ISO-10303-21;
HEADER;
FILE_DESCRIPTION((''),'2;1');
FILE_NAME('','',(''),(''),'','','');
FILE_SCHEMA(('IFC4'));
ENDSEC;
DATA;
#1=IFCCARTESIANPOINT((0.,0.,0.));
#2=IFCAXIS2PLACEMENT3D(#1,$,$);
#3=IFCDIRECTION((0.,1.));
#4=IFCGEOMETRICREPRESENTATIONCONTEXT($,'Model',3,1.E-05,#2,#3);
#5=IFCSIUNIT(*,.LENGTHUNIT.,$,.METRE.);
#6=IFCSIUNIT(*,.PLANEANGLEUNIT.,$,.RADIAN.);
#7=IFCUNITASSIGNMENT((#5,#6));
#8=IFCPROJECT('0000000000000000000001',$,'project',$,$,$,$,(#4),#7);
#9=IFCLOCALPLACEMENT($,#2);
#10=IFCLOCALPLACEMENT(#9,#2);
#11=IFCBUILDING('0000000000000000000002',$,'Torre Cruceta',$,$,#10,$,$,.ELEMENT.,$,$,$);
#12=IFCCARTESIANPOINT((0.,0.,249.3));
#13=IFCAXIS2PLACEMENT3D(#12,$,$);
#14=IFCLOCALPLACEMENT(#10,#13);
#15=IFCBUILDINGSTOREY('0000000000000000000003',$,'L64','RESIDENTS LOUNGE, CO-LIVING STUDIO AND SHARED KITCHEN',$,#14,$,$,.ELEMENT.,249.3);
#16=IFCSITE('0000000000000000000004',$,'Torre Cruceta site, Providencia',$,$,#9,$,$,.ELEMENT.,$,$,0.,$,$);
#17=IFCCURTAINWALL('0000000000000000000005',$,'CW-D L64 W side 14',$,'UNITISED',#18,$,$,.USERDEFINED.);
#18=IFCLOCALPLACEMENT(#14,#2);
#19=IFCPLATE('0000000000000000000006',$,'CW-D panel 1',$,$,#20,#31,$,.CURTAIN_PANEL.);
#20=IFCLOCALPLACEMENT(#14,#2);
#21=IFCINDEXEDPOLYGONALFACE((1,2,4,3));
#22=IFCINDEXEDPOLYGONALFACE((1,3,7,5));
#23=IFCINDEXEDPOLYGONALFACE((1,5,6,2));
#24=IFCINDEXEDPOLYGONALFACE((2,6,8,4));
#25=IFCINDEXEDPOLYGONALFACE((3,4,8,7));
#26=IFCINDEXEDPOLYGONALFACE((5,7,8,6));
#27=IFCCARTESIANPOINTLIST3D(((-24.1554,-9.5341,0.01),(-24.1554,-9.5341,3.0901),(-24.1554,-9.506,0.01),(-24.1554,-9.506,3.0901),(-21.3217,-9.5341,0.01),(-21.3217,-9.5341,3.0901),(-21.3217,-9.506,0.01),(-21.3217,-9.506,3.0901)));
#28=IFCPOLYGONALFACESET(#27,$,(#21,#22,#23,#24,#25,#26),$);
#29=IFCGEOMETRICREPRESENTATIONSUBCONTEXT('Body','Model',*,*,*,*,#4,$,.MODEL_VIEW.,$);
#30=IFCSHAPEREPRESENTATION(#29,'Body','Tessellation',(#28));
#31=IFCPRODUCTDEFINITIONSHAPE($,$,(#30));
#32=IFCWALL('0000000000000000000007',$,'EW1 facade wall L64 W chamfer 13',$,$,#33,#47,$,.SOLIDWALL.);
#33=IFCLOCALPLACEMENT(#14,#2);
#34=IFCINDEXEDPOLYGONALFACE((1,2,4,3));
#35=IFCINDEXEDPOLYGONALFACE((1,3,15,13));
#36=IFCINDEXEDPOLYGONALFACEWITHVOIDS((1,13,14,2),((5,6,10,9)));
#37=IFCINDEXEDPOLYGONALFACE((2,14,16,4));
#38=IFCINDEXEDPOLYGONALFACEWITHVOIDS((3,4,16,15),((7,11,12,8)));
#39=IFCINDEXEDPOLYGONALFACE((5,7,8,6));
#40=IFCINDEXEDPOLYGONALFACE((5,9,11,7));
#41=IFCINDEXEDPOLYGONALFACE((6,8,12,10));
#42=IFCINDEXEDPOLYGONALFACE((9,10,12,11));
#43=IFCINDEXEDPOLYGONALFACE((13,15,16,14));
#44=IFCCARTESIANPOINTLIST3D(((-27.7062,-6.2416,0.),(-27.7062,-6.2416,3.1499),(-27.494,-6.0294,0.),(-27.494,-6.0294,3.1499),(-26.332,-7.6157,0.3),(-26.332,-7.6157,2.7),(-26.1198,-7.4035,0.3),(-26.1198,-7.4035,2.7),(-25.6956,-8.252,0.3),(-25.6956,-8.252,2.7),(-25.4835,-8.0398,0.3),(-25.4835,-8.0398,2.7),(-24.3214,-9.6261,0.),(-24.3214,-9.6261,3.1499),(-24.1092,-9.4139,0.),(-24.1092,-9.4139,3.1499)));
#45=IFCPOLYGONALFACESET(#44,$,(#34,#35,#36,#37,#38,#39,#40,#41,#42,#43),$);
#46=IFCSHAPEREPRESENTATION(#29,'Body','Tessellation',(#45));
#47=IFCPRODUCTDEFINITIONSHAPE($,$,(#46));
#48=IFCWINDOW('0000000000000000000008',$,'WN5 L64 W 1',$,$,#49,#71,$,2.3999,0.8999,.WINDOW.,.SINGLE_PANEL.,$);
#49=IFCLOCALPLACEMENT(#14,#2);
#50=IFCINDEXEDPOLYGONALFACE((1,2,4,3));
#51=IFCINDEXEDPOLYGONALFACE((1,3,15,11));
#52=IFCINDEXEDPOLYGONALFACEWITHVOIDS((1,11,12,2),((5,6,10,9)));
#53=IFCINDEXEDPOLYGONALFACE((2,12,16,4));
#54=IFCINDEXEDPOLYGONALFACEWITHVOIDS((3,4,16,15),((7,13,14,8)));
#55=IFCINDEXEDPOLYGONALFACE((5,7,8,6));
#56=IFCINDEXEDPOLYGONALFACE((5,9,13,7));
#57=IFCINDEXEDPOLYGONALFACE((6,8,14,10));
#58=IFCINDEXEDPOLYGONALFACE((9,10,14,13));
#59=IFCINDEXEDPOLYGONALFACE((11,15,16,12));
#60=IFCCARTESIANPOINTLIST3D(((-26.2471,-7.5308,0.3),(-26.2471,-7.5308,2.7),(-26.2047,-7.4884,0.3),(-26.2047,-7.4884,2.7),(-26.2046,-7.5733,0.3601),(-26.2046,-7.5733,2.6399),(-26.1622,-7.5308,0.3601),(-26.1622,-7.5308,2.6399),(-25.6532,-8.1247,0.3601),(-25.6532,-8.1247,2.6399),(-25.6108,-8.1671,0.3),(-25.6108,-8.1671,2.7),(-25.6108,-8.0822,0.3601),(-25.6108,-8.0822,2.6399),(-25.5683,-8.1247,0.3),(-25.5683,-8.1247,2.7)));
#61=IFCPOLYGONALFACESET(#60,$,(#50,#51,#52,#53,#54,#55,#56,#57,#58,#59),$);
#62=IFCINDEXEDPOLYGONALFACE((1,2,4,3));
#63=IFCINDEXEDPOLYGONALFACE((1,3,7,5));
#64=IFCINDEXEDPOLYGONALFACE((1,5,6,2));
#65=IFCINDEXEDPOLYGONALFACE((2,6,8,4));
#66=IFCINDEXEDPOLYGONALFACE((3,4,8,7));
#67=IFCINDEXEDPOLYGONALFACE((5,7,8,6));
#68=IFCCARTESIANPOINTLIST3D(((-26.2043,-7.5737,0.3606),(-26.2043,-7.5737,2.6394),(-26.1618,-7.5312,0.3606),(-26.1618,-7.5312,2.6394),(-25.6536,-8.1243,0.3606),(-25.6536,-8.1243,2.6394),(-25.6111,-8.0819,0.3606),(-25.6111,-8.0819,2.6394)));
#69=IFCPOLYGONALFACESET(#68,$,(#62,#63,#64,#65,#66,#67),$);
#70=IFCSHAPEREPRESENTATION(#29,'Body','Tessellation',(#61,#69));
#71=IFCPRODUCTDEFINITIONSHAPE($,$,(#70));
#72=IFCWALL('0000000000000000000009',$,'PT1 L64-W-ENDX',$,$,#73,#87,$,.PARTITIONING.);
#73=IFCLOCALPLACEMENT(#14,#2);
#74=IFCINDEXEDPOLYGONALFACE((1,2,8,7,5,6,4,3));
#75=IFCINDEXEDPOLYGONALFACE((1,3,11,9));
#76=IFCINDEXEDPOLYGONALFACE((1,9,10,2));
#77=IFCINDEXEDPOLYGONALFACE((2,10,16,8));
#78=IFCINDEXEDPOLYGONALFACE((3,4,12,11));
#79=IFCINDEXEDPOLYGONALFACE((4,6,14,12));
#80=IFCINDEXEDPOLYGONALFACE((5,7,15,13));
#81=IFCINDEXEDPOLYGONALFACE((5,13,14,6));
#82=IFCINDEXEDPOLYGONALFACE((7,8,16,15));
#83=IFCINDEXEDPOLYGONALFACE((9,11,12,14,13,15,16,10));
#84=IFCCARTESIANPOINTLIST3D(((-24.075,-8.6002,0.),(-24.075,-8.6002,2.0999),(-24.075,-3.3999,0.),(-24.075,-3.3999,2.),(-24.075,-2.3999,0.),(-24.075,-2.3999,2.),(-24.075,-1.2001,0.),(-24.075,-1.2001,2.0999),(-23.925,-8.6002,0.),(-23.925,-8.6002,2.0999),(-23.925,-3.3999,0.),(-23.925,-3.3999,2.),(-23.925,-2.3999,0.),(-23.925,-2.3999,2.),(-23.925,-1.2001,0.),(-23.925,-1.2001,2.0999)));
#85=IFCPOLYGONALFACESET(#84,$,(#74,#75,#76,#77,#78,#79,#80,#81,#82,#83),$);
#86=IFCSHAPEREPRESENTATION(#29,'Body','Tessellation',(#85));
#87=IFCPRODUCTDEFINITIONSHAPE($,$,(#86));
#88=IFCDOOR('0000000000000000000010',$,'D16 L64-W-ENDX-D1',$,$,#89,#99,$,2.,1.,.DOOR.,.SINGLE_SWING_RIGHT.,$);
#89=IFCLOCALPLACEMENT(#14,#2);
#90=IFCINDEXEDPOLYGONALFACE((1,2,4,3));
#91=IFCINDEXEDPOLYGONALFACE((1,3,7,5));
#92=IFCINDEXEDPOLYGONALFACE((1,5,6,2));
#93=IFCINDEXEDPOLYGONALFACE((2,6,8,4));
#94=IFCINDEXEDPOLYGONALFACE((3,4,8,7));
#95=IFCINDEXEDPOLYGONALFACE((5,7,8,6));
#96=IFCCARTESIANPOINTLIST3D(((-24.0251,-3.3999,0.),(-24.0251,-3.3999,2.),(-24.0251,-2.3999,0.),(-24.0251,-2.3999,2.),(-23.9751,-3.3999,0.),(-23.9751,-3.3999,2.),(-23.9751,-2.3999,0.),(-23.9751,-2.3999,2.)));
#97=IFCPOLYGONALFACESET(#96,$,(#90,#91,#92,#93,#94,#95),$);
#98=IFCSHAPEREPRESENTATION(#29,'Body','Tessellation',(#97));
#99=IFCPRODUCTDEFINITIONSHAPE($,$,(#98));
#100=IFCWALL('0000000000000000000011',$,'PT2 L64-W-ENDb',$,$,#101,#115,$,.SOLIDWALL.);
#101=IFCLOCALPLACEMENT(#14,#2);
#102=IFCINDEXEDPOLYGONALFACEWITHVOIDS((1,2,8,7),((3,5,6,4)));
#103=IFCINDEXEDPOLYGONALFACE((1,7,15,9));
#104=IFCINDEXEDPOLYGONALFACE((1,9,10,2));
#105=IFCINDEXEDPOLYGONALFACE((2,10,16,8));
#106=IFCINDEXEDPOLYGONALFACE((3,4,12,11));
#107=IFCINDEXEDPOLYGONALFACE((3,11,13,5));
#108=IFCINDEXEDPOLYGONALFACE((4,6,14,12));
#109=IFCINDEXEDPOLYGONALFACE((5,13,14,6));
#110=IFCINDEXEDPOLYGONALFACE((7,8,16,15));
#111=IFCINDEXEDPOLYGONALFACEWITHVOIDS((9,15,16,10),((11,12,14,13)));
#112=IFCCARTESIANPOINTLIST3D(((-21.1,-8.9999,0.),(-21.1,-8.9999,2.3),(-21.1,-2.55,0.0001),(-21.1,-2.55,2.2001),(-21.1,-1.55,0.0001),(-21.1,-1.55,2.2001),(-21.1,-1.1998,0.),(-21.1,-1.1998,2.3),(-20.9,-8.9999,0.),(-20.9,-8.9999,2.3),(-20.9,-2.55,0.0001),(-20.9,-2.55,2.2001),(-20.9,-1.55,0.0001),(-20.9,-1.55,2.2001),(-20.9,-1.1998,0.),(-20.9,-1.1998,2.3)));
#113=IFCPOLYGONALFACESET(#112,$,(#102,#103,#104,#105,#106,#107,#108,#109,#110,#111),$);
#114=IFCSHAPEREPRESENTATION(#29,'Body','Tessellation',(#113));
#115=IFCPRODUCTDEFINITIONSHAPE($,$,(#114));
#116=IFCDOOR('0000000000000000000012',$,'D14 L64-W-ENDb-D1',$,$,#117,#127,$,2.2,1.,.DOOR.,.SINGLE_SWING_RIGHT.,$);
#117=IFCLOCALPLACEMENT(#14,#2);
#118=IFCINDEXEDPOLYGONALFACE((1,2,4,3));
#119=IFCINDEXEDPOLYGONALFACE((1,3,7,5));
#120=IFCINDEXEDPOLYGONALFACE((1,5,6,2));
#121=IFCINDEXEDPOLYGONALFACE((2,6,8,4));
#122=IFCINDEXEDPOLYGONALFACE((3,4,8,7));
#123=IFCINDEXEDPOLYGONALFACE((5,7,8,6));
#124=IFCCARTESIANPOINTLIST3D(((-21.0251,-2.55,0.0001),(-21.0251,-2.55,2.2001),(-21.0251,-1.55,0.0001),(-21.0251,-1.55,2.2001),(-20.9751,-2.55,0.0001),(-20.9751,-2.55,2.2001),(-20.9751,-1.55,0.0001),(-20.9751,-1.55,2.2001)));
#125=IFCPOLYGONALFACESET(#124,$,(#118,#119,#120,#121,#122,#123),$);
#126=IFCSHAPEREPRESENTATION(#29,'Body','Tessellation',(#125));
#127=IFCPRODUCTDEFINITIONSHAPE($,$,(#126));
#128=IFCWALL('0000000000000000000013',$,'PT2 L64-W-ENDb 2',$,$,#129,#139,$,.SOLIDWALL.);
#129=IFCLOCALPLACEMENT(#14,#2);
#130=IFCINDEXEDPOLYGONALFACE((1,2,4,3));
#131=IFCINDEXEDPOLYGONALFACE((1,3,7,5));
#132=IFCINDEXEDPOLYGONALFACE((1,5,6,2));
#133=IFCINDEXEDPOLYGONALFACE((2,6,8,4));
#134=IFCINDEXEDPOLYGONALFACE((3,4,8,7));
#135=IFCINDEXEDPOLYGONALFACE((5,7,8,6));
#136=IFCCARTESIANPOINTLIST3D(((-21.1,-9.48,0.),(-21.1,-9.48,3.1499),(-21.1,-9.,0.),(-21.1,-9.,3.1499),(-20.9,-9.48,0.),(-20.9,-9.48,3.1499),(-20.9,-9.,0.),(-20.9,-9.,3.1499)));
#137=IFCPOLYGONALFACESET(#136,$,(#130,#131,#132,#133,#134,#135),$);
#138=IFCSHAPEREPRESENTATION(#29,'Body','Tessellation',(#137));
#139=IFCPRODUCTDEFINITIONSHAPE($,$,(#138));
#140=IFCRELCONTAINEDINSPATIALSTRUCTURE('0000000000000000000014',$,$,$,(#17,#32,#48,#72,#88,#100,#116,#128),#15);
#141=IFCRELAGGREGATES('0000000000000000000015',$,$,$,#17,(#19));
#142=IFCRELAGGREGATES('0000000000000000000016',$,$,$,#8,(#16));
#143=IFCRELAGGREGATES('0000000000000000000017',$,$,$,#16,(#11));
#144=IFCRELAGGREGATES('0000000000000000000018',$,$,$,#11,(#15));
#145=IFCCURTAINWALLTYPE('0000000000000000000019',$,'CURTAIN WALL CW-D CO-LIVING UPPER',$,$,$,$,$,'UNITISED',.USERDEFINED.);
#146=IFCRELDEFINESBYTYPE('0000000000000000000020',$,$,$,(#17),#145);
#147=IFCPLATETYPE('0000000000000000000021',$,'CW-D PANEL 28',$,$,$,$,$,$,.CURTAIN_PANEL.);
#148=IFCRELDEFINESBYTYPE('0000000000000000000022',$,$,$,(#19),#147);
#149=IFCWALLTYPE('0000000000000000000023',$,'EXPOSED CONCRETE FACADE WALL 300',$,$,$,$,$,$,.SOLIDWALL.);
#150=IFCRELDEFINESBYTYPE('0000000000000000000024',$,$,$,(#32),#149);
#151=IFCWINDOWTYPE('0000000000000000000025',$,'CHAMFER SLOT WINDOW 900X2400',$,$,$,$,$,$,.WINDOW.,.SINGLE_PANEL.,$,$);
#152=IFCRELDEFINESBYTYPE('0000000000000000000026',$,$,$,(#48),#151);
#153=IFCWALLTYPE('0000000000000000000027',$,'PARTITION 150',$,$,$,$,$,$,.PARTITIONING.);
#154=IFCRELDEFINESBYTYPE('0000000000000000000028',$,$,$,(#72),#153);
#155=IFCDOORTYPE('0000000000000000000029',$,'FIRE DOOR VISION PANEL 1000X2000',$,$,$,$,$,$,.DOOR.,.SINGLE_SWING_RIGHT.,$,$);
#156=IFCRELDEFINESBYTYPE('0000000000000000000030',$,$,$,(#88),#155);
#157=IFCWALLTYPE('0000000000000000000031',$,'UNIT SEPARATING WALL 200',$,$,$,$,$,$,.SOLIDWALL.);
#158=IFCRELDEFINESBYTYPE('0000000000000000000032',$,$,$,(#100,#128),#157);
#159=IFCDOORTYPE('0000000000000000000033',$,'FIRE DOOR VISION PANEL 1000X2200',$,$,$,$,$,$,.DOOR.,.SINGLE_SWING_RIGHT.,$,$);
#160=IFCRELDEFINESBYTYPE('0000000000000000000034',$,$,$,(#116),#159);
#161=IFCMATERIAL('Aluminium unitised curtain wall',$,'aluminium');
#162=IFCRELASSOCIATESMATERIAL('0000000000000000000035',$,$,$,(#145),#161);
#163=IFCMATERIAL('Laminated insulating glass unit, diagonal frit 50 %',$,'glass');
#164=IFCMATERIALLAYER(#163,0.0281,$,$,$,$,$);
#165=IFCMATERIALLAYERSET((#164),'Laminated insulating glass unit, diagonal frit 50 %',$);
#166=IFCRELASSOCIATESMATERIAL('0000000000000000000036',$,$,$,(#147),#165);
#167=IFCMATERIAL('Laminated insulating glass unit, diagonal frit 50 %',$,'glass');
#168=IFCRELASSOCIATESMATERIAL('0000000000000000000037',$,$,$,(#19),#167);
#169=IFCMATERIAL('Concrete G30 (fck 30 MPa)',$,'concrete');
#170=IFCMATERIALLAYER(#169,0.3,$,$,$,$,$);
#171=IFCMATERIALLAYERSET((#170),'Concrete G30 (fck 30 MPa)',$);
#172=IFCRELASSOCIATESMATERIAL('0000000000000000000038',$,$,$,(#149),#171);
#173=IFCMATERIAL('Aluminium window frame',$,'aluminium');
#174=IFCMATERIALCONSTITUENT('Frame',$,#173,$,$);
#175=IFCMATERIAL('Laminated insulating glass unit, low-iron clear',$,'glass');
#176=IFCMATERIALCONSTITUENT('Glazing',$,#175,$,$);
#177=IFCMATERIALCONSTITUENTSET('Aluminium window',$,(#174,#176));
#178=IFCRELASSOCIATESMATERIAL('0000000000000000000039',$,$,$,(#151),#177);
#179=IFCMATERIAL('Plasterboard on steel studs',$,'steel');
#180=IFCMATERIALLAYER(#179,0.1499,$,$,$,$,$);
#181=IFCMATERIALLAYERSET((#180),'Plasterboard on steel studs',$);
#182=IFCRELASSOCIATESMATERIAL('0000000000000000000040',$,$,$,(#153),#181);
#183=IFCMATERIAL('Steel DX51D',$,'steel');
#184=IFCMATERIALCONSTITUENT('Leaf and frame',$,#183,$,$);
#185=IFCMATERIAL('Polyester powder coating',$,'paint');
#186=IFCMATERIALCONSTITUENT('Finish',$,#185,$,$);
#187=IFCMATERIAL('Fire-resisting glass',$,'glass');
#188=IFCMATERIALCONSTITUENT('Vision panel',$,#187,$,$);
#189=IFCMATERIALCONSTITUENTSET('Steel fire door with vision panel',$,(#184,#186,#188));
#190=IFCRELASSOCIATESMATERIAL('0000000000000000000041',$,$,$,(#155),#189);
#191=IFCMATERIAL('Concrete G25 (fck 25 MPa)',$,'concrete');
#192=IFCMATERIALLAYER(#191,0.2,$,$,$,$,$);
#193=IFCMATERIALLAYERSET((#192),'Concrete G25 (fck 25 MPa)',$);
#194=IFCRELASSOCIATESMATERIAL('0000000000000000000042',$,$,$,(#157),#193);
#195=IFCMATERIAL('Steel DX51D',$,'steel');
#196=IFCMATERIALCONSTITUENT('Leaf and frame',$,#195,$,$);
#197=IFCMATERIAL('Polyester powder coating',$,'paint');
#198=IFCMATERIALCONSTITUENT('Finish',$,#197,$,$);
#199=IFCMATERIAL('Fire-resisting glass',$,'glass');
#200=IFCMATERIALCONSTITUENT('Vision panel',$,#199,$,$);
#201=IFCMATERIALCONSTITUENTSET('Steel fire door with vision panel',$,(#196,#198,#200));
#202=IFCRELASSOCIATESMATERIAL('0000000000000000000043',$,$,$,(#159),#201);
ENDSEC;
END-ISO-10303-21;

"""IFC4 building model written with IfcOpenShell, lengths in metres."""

from ifc_helpers import new_model, si_unit, direction, frame, frame_2d, origin, origin_2d, place, context, subcontext, project, spatial, rectangle, hollow_rectangle, extrude, material, layer, layer_set, constituent, constituent_set, type_object, element, fill, aggregate, save


model = new_model("IFC4")

# Units and contexts
model_context = context("Model", 3, precision=1e-05, world=origin(), true_north=direction((0.0, 1.0)))
body_context = subcontext(model_context, "Body", "Model", "MODEL_VIEW")
ifc_project = project(units=[si_unit("LENGTHUNIT", "METRE"), si_unit("PLANEANGLEUNIT", "RADIAN")], contexts=[model_context])

# Site, building, storey
site_placement = place(None, origin())
site = spatial("IfcSite", under=ifc_project, at=site_placement, Name="Torre Cruceta site, Providencia", CompositionType="ELEMENT", RefElevation=0.0)
building_placement = place(site_placement, origin())
building = spatial("IfcBuilding", under=site, at=building_placement, Name="Torre Cruceta", CompositionType="ELEMENT")
storey_placement = place(building_placement, frame((0.0, 0.0, 249.3)))
storey = spatial("IfcBuildingStorey", under=building, at=storey_placement, Name="L64", Description="RESIDENTS LOUNGE, CO-LIVING STUDIO AND SHARED KITCHEN", CompositionType="ELEMENT", Elevation=249.3)

# Curtain wall
ifc_material_1 = material(Name="Aluminium unitised curtain wall", Category="aluminium")
curtain_wall_type = type_object("IfcCurtainWallType", Name="CURTAIN WALL CW-D CO-LIVING UPPER", ElementType="UNITISED", PredefinedType="USERDEFINED", material=ifc_material_1)
curtain_wall_placement = place(storey_placement, origin())
curtain_wall = element("IfcCurtainWall", 1, at=curtain_wall_placement, inside=storey, type_object=curtain_wall_type, Name="CW-D L64 W side 14", ObjectType="UNITISED", PredefinedType="USERDEFINED")

# Plate
ifc_material_2 = material(Name="Laminated insulating glass unit, diagonal frit 50 %", Category="glass")
ifc_material_3 = material(Name="Laminated insulating glass unit, diagonal frit 50 %", Category="glass")
ifc_layer_1 = layer(ifc_material_3, 0.0281)
ifc_layer_set_1 = layer_set([ifc_layer_1], Name="Laminated insulating glass unit, diagonal frit 50 %")
plate_type = type_object("IfcPlateType", Name="CW-D PANEL 28", PredefinedType="CURTAIN_PANEL", material=ifc_layer_set_1)
plate_placement = place(storey_placement, frame((-22.7385, -9.52, 0.01), z_axis=(0.0, 0.0, 1.0), x_axis=(1.0, 0.0, 0.0)))
plate = element("IfcPlate", 2, at=plate_placement, type_object=plate_type, material=ifc_material_2, Name="CW-D panel 1", PredefinedType="CURTAIN_PANEL", context=body_context, shape_type="SweptSolid", body=[
    extrude(rectangle(XDim=2.8337, YDim=0.0281, at=origin_2d()), origin(), (0.0, 0.0, 1.0), 3.0801),
])
aggregate(curtain_wall, [plate])

# Wall, opening, window
ifc_material_4 = material(Name="Concrete G30 (fck 30 MPa)", Category="concrete")
ifc_layer_2 = layer(ifc_material_4, 0.3)
ifc_layer_set_2 = layer_set([ifc_layer_2], Name="Concrete G30 (fck 30 MPa)")
wall_type_1 = type_object("IfcWallType", Name="EXPOSED CONCRETE FACADE WALL 300", PredefinedType="SOLIDWALL", material=ifc_layer_set_2)
wall_1_placement = place(storey_placement, frame((-27.6001, -6.1355, 0.0), z_axis=(0.0, 0.0, 1.0), x_axis=(0.707132, -0.707081, 0.0)))
wall_1 = element("IfcWall", 3, at=wall_1_placement, inside=storey, type_object=wall_type_1, Name="EW1 facade wall L64 W chamfer 13", PredefinedType="SOLIDWALL", context=body_context, shape_type="SweptSolid", body=[
    extrude(rectangle(XDim=4.7866, YDim=0.3, at=frame_2d((2.3933, 0.0))), origin(), (0.0, 0.0, 1.0), 3.1499),
])
opening_1_placement = place(wall_1_placement, frame((1.9434, 0.0, 0.3)))
opening_1 = element("IfcOpeningElement", 4, at=opening_1_placement, cuts=wall_1, PredefinedType="OPENING", context=body_context, shape_type="SweptSolid", body=[
    extrude(rectangle(XDim=0.8999, YDim=2.3999, at=frame_2d((0.45, 1.2))), frame((0.0, 0.1599, 0.0), z_axis=(0.0, -1.0, 0.0), x_axis=(1.0, 0.0, 0.0)), (0.0, 0.0, 1.0), 0.3201),
])
ifc_material_5 = material(Name="Aluminium window frame", Category="aluminium")
ifc_constituent_1 = constituent(ifc_material_5, Name="Frame")
ifc_material_6 = material(Name="Laminated insulating glass unit, low-iron clear", Category="glass")
ifc_constituent_2 = constituent(ifc_material_6, Name="Glazing")
ifc_constituent_set_1 = constituent_set(constituents=[ifc_constituent_1, ifc_constituent_2], Name="Aluminium window")
window_type = type_object("IfcWindowType", Name="CHAMFER SLOT WINDOW 900X2400", PartitioningType="SINGLE_PANEL", PredefinedType="WINDOW", material=ifc_constituent_set_1)
window_placement = place(opening_1_placement, origin())
window = element("IfcWindow", 5, at=window_placement, inside=storey, type_object=window_type, Name="WN5 L64 W 1", OverallHeight=2.3999, OverallWidth=0.8999, PartitioningType="SINGLE_PANEL", PredefinedType="WINDOW", context=body_context, shape_type="SweptSolid", body=[
    extrude(hollow_rectangle(XDim=0.8999, YDim=2.3999, WallThickness=0.0601, at=frame_2d((0.45, 1.2))), frame((0.0, 0.03, 0.0), z_axis=(0.0, -1.0, 0.0), x_axis=(1.0, 0.0, 0.0)), (0.0, 0.0, 1.0), 0.0601),
    extrude(rectangle(XDim=0.7788, YDim=2.2788, at=frame_2d((0.45, 1.2))), frame((0.0, 0.03, 0.0), z_axis=(0.0, -1.0, 0.0), x_axis=(1.0, 0.0, 0.0)), (0.0, 0.0, 1.0), 0.0601),
])
fill(opening_1, window)

# Walls, openings, doors
ifc_material_7 = material(Name="Plasterboard on steel studs", Category="steel")
ifc_layer_3 = layer(ifc_material_7, 0.1499)
ifc_layer_set_3 = layer_set([ifc_layer_3], Name="Plasterboard on steel studs")
wall_type_2 = type_object("IfcWallType", Name="PARTITION 150", PredefinedType="PARTITIONING", material=ifc_layer_set_3)
wall_2_placement = place(storey_placement, frame((-24.0, -1.2, 0.0), z_axis=(0.0, 0.0, 1.0), x_axis=(0.0, -1.0, 0.0)))
wall_2 = element("IfcWall", 6, at=wall_2_placement, inside=storey, type_object=wall_type_2, Name="PT1 L64-W-ENDX", PredefinedType="PARTITIONING", context=body_context, shape_type="SweptSolid", body=[
    extrude(rectangle(XDim=7.4001, YDim=0.1499, at=frame_2d((3.7002, 0.0))), origin(), (0.0, 0.0, 1.0), 2.0999),
])
opening_2_placement = place(wall_2_placement, frame((1.2, 0.0, 0.0)))
opening_2 = element("IfcOpeningElement", 7, at=opening_2_placement, cuts=wall_2, PredefinedType="OPENING", context=body_context, shape_type="SweptSolid", body=[
    extrude(rectangle(XDim=1.0, YDim=2.0, at=frame_2d((0.5, 1.0))), frame((0.0, 0.085, 0.0), z_axis=(0.0, -1.0, 0.0), x_axis=(1.0, 0.0, 0.0)), (0.0, 0.0, 1.0), 0.1699),
])
ifc_material_8 = material(Name="Steel DX51D", Category="steel")
ifc_constituent_3 = constituent(ifc_material_8, Name="Leaf and frame")
ifc_material_9 = material(Name="Polyester powder coating", Category="paint")
ifc_constituent_4 = constituent(ifc_material_9, Name="Finish")
ifc_material_10 = material(Name="Fire-resisting glass", Category="glass")
ifc_constituent_5 = constituent(ifc_material_10, Name="Vision panel")
ifc_constituent_set_2 = constituent_set(constituents=[ifc_constituent_3, ifc_constituent_4, ifc_constituent_5], Name="Steel fire door with vision panel")
door_type_1 = type_object("IfcDoorType", Name="FIRE DOOR VISION PANEL 1000X2000", OperationType="SINGLE_SWING_RIGHT", PredefinedType="DOOR", material=ifc_constituent_set_2)
door_1_placement = place(opening_2_placement, frame((1.0, 0.0, 0.0), z_axis=(0.0, 0.0, 1.0), x_axis=(-1.0, 0.0, 0.0)))
door_1 = element("IfcDoor", 8, at=door_1_placement, inside=storey, type_object=door_type_1, Name="D16 L64-W-ENDX-D1", OperationType="SINGLE_SWING_RIGHT", OverallHeight=2.0, OverallWidth=1.0, PredefinedType="DOOR", context=body_context, shape_type="SweptSolid", body=[
    extrude(rectangle(XDim=1.0, YDim=2.0, at=frame_2d((0.5, 1.0))), frame((0.0, 0.0251, 0.0), z_axis=(0.0, -1.0, 0.0), x_axis=(1.0, 0.0, 0.0)), (0.0, 0.0, 1.0), 0.05),
])
fill(opening_2, door_1)
ifc_material_11 = material(Name="Concrete G25 (fck 25 MPa)", Category="concrete")
ifc_layer_4 = layer(ifc_material_11, 0.2)
ifc_layer_set_4 = layer_set([ifc_layer_4], Name="Concrete G25 (fck 25 MPa)")
wall_type_3 = type_object("IfcWallType", Name="UNIT SEPARATING WALL 200", PredefinedType="SOLIDWALL", material=ifc_layer_set_4)
wall_3_placement = place(storey_placement, frame((-21.0, -1.2, 0.0), z_axis=(0.0, 0.0, 1.0), x_axis=(0.0, -1.0, 0.0)))
wall_3 = element("IfcWall", 9, at=wall_3_placement, inside=storey, type_object=wall_type_3, Name="PT2 L64-W-ENDb", PredefinedType="SOLIDWALL", context=body_context, shape_type="SweptSolid", body=[
    extrude(rectangle(XDim=7.8, YDim=0.2, at=frame_2d((3.8999, 0.0))), origin(), (0.0, 0.0, 1.0), 2.3),
])
opening_3_placement = place(wall_3_placement, frame((0.3501, 0.0, 0.0)))
opening_3 = element("IfcOpeningElement", 10, at=opening_3_placement, cuts=wall_3, PredefinedType="OPENING", context=body_context, shape_type="SweptSolid", body=[
    extrude(rectangle(XDim=1.0, YDim=2.2, at=frame_2d((0.5, 1.1001))), frame((0.0, 0.1099, 0.0), z_axis=(0.0, -1.0, 0.0), x_axis=(1.0, 0.0, 0.0)), (0.0, 0.0, 1.0), 0.22),
])
ifc_material_12 = material(Name="Steel DX51D", Category="steel")
ifc_constituent_6 = constituent(ifc_material_12, Name="Leaf and frame")
ifc_material_13 = material(Name="Polyester powder coating", Category="paint")
ifc_constituent_7 = constituent(ifc_material_13, Name="Finish")
ifc_material_14 = material(Name="Fire-resisting glass", Category="glass")
ifc_constituent_8 = constituent(ifc_material_14, Name="Vision panel")
ifc_constituent_set_3 = constituent_set(constituents=[ifc_constituent_6, ifc_constituent_7, ifc_constituent_8], Name="Steel fire door with vision panel")
door_type_2 = type_object("IfcDoorType", Name="FIRE DOOR VISION PANEL 1000X2200", OperationType="SINGLE_SWING_RIGHT", PredefinedType="DOOR", material=ifc_constituent_set_3)
door_2_placement = place(opening_3_placement, frame((1.0, 0.0, 0.0), z_axis=(0.0, 0.0, 1.0), x_axis=(-1.0, 0.0, 0.0)))
door_2 = element("IfcDoor", 11, at=door_2_placement, inside=storey, type_object=door_type_2, Name="D14 L64-W-ENDb-D1", OperationType="SINGLE_SWING_RIGHT", OverallHeight=2.2, OverallWidth=1.0, PredefinedType="DOOR", context=body_context, shape_type="SweptSolid", body=[
    extrude(rectangle(XDim=1.0, YDim=2.2, at=frame_2d((0.5, 1.1001))), frame((0.0, 0.0251, 0.0), z_axis=(0.0, -1.0, 0.0), x_axis=(1.0, 0.0, 0.0)), (0.0, 0.0, 1.0), 0.05),
])
fill(opening_3, door_2)

# Wall
wall_4_placement = place(storey_placement, frame((-21.0, -9.0, 0.0), z_axis=(0.0, 0.0, 1.0), x_axis=(0.0, -1.0, 0.0)))
element("IfcWall", 12, at=wall_4_placement, inside=storey, type_object=wall_type_3, Name="PT2 L64-W-ENDb 2", PredefinedType="SOLIDWALL", context=body_context, shape_type="SweptSolid", body=[
    extrude(rectangle(XDim=0.48, YDim=0.2, at=frame_2d((0.24, 0.0))), origin(), (0.0, 0.0, 1.0), 3.1499),
])

save(model, "model.ifc")
